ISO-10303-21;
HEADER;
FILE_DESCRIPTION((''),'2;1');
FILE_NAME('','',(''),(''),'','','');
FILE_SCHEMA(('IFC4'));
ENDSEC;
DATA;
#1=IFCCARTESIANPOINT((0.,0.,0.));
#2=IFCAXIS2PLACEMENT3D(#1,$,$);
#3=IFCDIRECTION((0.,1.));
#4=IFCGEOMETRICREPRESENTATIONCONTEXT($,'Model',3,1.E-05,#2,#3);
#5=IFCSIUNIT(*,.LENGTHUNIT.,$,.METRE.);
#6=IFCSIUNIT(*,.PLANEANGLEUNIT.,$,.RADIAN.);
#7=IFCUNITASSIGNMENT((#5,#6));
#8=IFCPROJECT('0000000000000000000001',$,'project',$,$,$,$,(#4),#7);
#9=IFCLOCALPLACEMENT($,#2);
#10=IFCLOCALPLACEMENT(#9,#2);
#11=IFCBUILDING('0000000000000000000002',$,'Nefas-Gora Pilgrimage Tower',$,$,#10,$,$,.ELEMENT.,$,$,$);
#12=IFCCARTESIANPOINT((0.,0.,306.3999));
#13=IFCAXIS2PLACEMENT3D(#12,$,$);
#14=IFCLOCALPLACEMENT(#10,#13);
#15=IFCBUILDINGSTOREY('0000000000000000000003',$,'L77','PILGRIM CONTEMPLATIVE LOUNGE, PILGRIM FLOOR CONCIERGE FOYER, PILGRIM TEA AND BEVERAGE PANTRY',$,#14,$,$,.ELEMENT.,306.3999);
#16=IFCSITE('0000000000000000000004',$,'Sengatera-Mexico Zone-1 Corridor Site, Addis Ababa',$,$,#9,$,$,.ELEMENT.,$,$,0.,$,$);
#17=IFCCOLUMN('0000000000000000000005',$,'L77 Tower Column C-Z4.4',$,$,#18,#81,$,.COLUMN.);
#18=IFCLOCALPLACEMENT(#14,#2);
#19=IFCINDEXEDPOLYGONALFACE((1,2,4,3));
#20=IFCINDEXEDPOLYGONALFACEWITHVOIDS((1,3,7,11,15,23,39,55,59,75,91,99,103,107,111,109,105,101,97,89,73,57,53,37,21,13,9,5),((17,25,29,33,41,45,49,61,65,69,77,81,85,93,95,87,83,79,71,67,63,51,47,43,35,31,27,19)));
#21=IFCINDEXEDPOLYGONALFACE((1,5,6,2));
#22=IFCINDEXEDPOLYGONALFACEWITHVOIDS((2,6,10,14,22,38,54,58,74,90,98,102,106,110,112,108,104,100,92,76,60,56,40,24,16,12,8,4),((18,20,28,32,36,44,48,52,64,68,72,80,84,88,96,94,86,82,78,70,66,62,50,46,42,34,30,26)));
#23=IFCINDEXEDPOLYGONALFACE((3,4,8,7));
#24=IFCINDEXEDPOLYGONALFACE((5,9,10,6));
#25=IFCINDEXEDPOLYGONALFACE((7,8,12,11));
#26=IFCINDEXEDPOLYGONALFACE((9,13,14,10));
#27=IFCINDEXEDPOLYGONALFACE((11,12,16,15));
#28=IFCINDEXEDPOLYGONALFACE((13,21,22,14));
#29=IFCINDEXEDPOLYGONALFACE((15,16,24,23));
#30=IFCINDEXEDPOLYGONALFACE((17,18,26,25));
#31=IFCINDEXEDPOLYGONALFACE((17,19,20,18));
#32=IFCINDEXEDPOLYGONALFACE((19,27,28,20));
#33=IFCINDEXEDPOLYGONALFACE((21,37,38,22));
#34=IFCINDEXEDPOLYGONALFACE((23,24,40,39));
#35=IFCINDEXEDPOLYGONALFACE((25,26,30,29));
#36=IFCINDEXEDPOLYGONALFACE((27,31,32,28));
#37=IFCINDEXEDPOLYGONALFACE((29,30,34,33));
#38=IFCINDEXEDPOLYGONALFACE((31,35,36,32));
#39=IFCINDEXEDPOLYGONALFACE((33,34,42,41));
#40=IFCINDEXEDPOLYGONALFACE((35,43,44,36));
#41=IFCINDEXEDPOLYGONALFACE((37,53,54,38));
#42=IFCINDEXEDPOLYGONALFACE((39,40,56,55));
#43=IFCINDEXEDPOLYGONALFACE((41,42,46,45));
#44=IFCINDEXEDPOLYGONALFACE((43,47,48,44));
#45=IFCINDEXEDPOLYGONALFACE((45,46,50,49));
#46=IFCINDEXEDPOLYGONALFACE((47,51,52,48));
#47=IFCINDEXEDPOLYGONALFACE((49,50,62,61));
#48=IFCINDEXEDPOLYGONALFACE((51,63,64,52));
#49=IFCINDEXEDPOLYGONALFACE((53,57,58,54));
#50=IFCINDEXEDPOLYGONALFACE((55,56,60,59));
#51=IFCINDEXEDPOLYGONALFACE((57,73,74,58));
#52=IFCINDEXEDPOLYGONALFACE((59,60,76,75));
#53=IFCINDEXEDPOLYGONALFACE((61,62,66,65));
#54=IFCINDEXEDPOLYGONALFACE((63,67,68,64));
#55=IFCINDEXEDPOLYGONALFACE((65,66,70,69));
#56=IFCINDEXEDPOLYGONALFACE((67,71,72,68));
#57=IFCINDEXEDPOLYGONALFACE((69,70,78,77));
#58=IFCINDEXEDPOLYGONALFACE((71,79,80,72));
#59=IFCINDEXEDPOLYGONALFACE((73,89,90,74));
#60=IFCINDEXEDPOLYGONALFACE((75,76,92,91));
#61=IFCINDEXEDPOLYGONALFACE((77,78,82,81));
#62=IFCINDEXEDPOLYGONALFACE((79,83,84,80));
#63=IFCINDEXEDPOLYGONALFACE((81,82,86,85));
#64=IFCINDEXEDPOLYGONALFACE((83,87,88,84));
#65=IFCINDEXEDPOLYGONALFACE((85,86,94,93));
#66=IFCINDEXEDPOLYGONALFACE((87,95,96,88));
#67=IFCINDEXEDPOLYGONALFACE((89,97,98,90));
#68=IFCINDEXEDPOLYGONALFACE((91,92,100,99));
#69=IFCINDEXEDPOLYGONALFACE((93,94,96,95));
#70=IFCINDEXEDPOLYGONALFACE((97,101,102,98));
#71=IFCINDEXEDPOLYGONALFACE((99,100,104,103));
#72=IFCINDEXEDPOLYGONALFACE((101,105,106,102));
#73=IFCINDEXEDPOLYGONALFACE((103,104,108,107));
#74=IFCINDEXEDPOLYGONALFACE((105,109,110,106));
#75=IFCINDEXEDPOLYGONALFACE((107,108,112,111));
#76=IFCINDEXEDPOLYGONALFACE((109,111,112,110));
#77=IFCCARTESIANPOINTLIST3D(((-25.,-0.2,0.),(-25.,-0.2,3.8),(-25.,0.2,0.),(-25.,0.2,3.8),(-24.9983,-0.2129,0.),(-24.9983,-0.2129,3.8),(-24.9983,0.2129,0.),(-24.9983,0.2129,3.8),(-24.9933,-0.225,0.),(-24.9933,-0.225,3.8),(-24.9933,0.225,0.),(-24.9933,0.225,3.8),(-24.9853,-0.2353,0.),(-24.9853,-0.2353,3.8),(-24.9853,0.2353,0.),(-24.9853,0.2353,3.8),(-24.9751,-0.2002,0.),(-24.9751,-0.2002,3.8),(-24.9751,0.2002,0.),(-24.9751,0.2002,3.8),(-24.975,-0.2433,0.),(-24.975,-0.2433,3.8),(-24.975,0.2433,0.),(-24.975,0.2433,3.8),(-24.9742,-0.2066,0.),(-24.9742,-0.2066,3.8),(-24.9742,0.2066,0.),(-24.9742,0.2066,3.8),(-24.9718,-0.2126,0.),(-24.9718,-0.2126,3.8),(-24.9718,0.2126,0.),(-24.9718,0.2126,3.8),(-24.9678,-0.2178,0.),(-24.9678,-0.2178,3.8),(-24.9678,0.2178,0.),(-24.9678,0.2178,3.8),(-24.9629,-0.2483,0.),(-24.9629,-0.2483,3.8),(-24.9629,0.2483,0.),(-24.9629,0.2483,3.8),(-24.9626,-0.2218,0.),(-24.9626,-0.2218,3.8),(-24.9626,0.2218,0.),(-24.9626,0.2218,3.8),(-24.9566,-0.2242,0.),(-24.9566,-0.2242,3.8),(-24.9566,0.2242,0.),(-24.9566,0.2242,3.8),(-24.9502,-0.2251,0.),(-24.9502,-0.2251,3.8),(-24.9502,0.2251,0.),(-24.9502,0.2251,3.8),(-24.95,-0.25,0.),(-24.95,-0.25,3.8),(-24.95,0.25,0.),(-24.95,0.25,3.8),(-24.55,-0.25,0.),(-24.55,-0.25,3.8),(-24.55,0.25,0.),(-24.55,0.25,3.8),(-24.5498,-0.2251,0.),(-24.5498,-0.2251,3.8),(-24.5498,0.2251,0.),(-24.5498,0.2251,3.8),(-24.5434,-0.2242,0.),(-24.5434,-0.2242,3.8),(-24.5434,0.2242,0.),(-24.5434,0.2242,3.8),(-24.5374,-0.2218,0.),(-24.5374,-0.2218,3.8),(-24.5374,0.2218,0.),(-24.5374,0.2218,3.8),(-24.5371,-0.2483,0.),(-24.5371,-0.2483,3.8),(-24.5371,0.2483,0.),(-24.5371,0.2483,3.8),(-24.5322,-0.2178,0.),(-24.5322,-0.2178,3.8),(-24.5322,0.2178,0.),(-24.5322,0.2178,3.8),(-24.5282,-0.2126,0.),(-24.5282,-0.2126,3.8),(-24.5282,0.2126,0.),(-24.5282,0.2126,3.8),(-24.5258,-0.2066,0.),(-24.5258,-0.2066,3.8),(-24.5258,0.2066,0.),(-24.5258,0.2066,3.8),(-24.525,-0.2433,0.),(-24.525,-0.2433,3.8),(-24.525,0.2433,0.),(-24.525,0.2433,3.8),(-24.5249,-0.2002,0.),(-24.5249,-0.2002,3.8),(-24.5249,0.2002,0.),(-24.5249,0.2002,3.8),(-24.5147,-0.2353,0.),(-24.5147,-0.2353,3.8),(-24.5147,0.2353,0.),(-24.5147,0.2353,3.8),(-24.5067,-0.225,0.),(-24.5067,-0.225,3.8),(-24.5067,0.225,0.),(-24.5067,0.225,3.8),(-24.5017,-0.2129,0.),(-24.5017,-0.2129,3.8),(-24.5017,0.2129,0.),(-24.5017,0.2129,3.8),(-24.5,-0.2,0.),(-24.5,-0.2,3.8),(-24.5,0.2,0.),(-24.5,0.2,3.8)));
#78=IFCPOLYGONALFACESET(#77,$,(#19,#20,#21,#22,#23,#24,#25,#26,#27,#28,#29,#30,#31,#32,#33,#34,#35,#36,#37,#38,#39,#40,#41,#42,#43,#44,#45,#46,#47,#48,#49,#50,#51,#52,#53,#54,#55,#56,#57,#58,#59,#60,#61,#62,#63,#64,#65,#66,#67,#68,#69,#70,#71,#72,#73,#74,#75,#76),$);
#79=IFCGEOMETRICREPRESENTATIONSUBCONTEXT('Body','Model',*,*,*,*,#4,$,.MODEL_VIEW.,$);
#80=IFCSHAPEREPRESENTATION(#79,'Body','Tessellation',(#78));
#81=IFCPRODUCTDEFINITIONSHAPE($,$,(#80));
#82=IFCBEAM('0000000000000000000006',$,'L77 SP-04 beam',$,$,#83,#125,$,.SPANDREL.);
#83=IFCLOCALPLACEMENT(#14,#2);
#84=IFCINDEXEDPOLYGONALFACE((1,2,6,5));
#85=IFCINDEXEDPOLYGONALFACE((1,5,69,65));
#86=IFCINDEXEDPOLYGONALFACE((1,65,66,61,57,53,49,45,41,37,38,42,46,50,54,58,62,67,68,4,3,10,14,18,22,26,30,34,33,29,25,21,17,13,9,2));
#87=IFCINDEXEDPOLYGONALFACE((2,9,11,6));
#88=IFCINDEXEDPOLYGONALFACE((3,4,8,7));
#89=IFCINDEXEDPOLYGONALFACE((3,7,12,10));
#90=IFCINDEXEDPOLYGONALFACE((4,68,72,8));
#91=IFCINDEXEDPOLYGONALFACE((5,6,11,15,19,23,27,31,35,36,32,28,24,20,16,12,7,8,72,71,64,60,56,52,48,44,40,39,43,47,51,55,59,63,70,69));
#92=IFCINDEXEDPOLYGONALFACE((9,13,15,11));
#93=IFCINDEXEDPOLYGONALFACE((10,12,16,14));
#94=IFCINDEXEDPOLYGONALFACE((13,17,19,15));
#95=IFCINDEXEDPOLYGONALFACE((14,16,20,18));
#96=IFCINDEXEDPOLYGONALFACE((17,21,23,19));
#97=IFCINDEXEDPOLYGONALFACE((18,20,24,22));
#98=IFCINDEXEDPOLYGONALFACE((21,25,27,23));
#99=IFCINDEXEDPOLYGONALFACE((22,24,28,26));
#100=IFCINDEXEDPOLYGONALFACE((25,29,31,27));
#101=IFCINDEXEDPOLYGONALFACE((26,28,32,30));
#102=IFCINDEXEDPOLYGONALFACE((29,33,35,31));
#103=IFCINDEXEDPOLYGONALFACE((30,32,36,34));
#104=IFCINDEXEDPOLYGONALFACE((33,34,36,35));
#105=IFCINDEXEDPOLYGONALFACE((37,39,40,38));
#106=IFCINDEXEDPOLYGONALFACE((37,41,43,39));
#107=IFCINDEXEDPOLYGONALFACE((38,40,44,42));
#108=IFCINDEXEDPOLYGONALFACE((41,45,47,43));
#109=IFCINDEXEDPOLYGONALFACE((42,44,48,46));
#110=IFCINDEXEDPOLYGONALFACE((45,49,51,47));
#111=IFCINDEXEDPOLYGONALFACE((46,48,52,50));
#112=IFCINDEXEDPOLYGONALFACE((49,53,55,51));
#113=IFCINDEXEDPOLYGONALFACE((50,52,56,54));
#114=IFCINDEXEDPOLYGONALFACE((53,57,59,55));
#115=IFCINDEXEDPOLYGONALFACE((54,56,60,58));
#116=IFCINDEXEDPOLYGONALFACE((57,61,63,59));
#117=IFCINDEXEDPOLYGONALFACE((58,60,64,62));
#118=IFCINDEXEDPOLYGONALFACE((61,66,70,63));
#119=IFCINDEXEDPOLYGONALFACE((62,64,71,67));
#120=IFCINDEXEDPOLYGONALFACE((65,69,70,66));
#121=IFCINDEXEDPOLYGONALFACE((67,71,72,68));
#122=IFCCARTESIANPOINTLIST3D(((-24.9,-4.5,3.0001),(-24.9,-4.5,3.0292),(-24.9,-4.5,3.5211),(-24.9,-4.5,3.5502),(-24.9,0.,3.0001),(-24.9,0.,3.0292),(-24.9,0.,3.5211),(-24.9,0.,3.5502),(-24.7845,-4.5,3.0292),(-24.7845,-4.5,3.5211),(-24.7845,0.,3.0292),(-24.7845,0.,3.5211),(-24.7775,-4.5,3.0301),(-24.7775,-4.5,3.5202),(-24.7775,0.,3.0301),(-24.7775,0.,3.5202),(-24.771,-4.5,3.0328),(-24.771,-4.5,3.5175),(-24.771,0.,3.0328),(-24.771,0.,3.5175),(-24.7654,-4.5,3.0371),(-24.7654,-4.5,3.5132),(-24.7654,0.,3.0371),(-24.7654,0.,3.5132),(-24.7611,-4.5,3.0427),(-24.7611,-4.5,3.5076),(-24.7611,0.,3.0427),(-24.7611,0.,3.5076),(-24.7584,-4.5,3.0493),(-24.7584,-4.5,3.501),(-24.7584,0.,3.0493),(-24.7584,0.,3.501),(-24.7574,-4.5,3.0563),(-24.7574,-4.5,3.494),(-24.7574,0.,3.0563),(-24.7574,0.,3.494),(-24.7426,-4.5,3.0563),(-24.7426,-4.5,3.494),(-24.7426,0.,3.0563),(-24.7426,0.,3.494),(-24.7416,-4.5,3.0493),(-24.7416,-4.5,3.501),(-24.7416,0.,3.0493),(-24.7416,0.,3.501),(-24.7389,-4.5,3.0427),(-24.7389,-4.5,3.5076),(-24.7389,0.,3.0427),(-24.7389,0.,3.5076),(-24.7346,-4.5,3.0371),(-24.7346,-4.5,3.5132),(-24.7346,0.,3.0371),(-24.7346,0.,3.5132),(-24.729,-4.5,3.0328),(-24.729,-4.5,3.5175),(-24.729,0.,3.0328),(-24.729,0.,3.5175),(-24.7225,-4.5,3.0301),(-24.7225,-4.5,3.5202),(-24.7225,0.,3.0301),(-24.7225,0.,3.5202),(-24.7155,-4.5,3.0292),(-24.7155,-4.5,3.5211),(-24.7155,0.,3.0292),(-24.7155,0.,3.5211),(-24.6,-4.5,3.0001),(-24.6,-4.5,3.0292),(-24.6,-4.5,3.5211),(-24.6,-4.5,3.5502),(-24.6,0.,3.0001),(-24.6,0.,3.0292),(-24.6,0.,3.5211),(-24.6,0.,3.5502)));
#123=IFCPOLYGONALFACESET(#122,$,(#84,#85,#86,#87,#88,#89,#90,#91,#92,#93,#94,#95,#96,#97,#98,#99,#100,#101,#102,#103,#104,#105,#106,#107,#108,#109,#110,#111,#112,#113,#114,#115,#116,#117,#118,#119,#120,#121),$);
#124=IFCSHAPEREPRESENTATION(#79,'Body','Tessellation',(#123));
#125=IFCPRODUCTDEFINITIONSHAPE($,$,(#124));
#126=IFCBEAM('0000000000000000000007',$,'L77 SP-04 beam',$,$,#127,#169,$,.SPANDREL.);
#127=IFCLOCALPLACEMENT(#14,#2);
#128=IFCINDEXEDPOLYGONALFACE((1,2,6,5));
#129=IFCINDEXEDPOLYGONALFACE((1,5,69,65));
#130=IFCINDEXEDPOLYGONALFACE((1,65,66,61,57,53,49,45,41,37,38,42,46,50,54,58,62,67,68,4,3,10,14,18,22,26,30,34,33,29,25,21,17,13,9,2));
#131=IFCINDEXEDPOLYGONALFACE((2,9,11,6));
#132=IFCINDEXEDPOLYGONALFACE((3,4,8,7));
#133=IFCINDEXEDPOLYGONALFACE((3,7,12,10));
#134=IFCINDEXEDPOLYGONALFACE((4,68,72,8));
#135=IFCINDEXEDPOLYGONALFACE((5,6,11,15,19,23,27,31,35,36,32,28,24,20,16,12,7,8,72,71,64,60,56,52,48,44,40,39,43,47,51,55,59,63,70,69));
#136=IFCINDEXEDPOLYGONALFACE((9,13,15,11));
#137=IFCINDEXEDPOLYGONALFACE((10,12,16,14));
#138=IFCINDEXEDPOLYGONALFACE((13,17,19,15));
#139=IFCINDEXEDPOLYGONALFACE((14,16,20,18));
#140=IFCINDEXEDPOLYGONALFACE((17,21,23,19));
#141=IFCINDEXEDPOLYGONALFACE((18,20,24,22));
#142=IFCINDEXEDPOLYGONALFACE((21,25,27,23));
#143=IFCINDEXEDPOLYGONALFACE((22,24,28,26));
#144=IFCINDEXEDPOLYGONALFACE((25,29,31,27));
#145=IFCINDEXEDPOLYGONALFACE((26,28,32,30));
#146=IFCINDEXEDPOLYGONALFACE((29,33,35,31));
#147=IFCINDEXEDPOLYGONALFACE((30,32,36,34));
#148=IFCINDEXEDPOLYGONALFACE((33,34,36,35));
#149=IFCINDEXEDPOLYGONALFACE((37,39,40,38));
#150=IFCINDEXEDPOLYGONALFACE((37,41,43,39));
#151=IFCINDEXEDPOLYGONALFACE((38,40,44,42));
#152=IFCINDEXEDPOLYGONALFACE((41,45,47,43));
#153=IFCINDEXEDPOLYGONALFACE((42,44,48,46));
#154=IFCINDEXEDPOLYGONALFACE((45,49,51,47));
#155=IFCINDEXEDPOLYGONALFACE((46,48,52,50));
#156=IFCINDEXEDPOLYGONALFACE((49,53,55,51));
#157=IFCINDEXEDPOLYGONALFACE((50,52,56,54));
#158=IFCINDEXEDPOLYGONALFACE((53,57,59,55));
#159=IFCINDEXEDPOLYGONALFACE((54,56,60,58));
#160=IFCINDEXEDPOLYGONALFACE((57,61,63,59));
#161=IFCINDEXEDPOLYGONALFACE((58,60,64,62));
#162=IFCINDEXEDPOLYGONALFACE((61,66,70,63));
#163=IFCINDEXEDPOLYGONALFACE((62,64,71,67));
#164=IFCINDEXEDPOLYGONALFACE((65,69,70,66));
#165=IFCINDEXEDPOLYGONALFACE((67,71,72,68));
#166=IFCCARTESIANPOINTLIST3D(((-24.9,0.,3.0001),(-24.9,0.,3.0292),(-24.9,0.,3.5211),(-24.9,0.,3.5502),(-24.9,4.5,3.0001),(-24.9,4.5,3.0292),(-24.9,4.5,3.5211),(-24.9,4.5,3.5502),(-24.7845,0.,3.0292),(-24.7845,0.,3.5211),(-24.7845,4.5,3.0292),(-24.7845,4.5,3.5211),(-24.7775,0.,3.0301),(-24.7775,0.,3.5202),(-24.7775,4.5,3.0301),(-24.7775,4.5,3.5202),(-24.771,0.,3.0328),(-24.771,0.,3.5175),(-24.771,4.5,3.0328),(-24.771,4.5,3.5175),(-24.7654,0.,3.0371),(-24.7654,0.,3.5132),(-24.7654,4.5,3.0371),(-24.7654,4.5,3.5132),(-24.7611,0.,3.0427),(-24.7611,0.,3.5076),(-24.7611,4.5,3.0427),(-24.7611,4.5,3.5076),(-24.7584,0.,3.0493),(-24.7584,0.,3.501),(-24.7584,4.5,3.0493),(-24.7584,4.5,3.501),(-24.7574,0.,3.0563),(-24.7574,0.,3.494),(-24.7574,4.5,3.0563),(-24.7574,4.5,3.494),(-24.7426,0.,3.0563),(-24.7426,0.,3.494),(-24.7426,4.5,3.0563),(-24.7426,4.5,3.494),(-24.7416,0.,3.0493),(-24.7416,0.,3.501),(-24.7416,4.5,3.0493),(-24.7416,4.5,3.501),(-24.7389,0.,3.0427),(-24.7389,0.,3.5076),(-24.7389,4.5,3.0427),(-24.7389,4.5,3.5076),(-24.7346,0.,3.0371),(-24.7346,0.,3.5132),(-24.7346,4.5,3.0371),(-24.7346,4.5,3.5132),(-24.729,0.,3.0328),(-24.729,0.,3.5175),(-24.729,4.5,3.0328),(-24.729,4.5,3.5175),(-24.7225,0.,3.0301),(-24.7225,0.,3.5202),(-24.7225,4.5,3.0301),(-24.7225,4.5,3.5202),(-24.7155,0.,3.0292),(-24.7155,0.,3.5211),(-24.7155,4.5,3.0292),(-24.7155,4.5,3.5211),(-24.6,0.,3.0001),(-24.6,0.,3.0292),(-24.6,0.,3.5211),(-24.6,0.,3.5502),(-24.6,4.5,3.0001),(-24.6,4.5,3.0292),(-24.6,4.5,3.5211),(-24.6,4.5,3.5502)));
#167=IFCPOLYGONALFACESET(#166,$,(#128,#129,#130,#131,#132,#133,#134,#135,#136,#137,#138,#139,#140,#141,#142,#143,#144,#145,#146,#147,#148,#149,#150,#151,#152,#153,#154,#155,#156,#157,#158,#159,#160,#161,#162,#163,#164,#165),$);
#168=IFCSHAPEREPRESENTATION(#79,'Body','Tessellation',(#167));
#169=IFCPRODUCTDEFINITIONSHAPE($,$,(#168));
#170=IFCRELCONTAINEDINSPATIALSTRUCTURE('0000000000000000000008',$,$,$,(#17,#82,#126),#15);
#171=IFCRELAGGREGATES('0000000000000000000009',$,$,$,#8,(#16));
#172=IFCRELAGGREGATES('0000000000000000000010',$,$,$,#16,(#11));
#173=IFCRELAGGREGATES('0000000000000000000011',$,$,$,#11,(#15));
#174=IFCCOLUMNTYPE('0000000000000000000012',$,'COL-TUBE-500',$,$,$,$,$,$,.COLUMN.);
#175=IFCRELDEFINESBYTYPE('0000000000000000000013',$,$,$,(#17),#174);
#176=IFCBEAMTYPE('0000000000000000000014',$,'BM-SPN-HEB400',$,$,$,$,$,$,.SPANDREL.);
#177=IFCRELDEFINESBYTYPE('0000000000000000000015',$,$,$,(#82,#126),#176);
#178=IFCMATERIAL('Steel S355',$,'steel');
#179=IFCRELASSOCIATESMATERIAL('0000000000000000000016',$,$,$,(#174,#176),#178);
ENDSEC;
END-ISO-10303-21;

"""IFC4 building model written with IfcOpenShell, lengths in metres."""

from ifc_helpers import new_model, si_unit, direction, frame, origin, origin_2d, place, context, subcontext, project, spatial, hollow_rectangle, i_section, extrude, source, transform, mapped, material, material_profile, profile_set, type_object, element, save


model = new_model("IFC4")

# Units and contexts
model_context = context("Model", 3, precision=1e-05, world=origin(), true_north=direction((0.0, 1.0)))
body_context = subcontext(model_context, "Body", "Model", "MODEL_VIEW")
ifc_project = project(units=[si_unit("LENGTHUNIT", "METRE"), si_unit("PLANEANGLEUNIT", "RADIAN")], contexts=[model_context])

# Site, building, storey
site_placement = place(None, origin())
site = spatial("IfcSite", under=ifc_project, at=site_placement, Name="Sengatera-Mexico Zone-1 Corridor Site, Addis Ababa", CompositionType="ELEMENT", RefElevation=0.0)
building_placement = place(site_placement, origin())
building = spatial("IfcBuilding", under=site, at=building_placement, Name="Nefas-Gora Pilgrimage Tower", CompositionType="ELEMENT")
storey_placement = place(building_placement, frame((0.0, 0.0, 306.3999)))
storey = spatial("IfcBuildingStorey", under=building, at=storey_placement, Name="L77", Description="PILGRIM CONTEMPLATIVE LOUNGE, PILGRIM FLOOR CONCIERGE FOYER, PILGRIM TEA AND BEVERAGE PANTRY", CompositionType="ELEMENT", Elevation=306.3999)

# Column
ifc_material_1 = material(Name="Steel S355", Category="steel")
ifc_material_profile_1 = material_profile(ifc_material_1, hollow_rectangle(XDim=0.5, YDim=0.5, WallThickness=0.0249, InnerFilletRadius=0.0249, OuterFilletRadius=0.05, at=origin_2d()), Name="SHS 500x500x25")
ifc_profile_set_1 = profile_set([ifc_material_profile_1], Name="Steel S355")
column_type_1 = type_object("IfcColumnType", Name="COL-TUBE-500", PredefinedType="COLUMN", material=ifc_profile_set_1)
shared_shape_1 = source(origin(), body_context, "Body", "SweptSolid", [
    extrude(hollow_rectangle(XDim=0.5, YDim=0.5, WallThickness=0.0249, InnerFilletRadius=0.0249, OuterFilletRadius=0.05, at=origin_2d()), origin(), (0.0, 0.0, 1.0), 3.8),
])
for number, where, z_axis, x_axis, name in (
    (1, (-24.75, 0.0, 0.0), (0.0, 0.0, 1.0), (1.0, 0.0, 0.0), "L77 Tower Column C-Z4.4"),
):
    element("IfcColumn", number, at=place(storey_placement, frame(where, z_axis=z_axis, x_axis=x_axis)), inside=storey, type_object=column_type_1, Name=name, PredefinedType="COLUMN", context=body_context, shape_type="MappedRepresentation", body=[
        mapped(shared_shape_1, transform((0.0, 0.0, 0.0), x_axis=(1.0, 0.0, 0.0), y_axis=(0.0, 1.0, 0.0), z_axis=(0.0, 0.0, 1.0), scale=1.0)),
    ])

# Beams
ifc_material_profile_2 = material_profile(ifc_material_1, i_section(OverallWidth=0.3, OverallDepth=0.55, WebThickness=0.0149, FlangeThickness=0.0291, FilletRadius=0.0271, at=origin_2d()), Name="HEB 550")
ifc_profile_set_2 = profile_set([ifc_material_profile_2], Name="Steel S355")
beam_type_1 = type_object("IfcBeamType", Name="BM-SPN-HEB400", PredefinedType="SPANDREL", material=ifc_profile_set_2)
shared_shape_2 = source(origin(), body_context, "Body", "SweptSolid", [
    extrude(i_section(OverallWidth=0.3, OverallDepth=0.55, WebThickness=0.0149, FlangeThickness=0.0291, FilletRadius=0.0271, at=origin_2d()), origin(), (0.0, 0.0, 1.0), 4.5),
])
for number, where, z_axis, x_axis, name in (
    (2, (-24.75, -4.5, 3.2751), (0.0, 1.0, 0.0), (-1.0, 0.0, 0.0), "L77 SP-04 beam"),
    (3, (-24.75, 0.0, 3.2751), (0.0, 1.0, 0.0), (-1.0, 0.0, 0.0), "L77 SP-04 beam"),
):
    element("IfcBeam", number, at=place(storey_placement, frame(where, z_axis=z_axis, x_axis=x_axis)), inside=storey, type_object=beam_type_1, Name=name, PredefinedType="SPANDREL", context=body_context, shape_type="MappedRepresentation", body=[
        mapped(shared_shape_2, transform((0.0, 0.0, 0.0), x_axis=(1.0, 0.0, 0.0), y_axis=(0.0, 1.0, 0.0), z_axis=(0.0, 0.0, 1.0), scale=1.0)),
    ])

save(model, "model.ifc")
